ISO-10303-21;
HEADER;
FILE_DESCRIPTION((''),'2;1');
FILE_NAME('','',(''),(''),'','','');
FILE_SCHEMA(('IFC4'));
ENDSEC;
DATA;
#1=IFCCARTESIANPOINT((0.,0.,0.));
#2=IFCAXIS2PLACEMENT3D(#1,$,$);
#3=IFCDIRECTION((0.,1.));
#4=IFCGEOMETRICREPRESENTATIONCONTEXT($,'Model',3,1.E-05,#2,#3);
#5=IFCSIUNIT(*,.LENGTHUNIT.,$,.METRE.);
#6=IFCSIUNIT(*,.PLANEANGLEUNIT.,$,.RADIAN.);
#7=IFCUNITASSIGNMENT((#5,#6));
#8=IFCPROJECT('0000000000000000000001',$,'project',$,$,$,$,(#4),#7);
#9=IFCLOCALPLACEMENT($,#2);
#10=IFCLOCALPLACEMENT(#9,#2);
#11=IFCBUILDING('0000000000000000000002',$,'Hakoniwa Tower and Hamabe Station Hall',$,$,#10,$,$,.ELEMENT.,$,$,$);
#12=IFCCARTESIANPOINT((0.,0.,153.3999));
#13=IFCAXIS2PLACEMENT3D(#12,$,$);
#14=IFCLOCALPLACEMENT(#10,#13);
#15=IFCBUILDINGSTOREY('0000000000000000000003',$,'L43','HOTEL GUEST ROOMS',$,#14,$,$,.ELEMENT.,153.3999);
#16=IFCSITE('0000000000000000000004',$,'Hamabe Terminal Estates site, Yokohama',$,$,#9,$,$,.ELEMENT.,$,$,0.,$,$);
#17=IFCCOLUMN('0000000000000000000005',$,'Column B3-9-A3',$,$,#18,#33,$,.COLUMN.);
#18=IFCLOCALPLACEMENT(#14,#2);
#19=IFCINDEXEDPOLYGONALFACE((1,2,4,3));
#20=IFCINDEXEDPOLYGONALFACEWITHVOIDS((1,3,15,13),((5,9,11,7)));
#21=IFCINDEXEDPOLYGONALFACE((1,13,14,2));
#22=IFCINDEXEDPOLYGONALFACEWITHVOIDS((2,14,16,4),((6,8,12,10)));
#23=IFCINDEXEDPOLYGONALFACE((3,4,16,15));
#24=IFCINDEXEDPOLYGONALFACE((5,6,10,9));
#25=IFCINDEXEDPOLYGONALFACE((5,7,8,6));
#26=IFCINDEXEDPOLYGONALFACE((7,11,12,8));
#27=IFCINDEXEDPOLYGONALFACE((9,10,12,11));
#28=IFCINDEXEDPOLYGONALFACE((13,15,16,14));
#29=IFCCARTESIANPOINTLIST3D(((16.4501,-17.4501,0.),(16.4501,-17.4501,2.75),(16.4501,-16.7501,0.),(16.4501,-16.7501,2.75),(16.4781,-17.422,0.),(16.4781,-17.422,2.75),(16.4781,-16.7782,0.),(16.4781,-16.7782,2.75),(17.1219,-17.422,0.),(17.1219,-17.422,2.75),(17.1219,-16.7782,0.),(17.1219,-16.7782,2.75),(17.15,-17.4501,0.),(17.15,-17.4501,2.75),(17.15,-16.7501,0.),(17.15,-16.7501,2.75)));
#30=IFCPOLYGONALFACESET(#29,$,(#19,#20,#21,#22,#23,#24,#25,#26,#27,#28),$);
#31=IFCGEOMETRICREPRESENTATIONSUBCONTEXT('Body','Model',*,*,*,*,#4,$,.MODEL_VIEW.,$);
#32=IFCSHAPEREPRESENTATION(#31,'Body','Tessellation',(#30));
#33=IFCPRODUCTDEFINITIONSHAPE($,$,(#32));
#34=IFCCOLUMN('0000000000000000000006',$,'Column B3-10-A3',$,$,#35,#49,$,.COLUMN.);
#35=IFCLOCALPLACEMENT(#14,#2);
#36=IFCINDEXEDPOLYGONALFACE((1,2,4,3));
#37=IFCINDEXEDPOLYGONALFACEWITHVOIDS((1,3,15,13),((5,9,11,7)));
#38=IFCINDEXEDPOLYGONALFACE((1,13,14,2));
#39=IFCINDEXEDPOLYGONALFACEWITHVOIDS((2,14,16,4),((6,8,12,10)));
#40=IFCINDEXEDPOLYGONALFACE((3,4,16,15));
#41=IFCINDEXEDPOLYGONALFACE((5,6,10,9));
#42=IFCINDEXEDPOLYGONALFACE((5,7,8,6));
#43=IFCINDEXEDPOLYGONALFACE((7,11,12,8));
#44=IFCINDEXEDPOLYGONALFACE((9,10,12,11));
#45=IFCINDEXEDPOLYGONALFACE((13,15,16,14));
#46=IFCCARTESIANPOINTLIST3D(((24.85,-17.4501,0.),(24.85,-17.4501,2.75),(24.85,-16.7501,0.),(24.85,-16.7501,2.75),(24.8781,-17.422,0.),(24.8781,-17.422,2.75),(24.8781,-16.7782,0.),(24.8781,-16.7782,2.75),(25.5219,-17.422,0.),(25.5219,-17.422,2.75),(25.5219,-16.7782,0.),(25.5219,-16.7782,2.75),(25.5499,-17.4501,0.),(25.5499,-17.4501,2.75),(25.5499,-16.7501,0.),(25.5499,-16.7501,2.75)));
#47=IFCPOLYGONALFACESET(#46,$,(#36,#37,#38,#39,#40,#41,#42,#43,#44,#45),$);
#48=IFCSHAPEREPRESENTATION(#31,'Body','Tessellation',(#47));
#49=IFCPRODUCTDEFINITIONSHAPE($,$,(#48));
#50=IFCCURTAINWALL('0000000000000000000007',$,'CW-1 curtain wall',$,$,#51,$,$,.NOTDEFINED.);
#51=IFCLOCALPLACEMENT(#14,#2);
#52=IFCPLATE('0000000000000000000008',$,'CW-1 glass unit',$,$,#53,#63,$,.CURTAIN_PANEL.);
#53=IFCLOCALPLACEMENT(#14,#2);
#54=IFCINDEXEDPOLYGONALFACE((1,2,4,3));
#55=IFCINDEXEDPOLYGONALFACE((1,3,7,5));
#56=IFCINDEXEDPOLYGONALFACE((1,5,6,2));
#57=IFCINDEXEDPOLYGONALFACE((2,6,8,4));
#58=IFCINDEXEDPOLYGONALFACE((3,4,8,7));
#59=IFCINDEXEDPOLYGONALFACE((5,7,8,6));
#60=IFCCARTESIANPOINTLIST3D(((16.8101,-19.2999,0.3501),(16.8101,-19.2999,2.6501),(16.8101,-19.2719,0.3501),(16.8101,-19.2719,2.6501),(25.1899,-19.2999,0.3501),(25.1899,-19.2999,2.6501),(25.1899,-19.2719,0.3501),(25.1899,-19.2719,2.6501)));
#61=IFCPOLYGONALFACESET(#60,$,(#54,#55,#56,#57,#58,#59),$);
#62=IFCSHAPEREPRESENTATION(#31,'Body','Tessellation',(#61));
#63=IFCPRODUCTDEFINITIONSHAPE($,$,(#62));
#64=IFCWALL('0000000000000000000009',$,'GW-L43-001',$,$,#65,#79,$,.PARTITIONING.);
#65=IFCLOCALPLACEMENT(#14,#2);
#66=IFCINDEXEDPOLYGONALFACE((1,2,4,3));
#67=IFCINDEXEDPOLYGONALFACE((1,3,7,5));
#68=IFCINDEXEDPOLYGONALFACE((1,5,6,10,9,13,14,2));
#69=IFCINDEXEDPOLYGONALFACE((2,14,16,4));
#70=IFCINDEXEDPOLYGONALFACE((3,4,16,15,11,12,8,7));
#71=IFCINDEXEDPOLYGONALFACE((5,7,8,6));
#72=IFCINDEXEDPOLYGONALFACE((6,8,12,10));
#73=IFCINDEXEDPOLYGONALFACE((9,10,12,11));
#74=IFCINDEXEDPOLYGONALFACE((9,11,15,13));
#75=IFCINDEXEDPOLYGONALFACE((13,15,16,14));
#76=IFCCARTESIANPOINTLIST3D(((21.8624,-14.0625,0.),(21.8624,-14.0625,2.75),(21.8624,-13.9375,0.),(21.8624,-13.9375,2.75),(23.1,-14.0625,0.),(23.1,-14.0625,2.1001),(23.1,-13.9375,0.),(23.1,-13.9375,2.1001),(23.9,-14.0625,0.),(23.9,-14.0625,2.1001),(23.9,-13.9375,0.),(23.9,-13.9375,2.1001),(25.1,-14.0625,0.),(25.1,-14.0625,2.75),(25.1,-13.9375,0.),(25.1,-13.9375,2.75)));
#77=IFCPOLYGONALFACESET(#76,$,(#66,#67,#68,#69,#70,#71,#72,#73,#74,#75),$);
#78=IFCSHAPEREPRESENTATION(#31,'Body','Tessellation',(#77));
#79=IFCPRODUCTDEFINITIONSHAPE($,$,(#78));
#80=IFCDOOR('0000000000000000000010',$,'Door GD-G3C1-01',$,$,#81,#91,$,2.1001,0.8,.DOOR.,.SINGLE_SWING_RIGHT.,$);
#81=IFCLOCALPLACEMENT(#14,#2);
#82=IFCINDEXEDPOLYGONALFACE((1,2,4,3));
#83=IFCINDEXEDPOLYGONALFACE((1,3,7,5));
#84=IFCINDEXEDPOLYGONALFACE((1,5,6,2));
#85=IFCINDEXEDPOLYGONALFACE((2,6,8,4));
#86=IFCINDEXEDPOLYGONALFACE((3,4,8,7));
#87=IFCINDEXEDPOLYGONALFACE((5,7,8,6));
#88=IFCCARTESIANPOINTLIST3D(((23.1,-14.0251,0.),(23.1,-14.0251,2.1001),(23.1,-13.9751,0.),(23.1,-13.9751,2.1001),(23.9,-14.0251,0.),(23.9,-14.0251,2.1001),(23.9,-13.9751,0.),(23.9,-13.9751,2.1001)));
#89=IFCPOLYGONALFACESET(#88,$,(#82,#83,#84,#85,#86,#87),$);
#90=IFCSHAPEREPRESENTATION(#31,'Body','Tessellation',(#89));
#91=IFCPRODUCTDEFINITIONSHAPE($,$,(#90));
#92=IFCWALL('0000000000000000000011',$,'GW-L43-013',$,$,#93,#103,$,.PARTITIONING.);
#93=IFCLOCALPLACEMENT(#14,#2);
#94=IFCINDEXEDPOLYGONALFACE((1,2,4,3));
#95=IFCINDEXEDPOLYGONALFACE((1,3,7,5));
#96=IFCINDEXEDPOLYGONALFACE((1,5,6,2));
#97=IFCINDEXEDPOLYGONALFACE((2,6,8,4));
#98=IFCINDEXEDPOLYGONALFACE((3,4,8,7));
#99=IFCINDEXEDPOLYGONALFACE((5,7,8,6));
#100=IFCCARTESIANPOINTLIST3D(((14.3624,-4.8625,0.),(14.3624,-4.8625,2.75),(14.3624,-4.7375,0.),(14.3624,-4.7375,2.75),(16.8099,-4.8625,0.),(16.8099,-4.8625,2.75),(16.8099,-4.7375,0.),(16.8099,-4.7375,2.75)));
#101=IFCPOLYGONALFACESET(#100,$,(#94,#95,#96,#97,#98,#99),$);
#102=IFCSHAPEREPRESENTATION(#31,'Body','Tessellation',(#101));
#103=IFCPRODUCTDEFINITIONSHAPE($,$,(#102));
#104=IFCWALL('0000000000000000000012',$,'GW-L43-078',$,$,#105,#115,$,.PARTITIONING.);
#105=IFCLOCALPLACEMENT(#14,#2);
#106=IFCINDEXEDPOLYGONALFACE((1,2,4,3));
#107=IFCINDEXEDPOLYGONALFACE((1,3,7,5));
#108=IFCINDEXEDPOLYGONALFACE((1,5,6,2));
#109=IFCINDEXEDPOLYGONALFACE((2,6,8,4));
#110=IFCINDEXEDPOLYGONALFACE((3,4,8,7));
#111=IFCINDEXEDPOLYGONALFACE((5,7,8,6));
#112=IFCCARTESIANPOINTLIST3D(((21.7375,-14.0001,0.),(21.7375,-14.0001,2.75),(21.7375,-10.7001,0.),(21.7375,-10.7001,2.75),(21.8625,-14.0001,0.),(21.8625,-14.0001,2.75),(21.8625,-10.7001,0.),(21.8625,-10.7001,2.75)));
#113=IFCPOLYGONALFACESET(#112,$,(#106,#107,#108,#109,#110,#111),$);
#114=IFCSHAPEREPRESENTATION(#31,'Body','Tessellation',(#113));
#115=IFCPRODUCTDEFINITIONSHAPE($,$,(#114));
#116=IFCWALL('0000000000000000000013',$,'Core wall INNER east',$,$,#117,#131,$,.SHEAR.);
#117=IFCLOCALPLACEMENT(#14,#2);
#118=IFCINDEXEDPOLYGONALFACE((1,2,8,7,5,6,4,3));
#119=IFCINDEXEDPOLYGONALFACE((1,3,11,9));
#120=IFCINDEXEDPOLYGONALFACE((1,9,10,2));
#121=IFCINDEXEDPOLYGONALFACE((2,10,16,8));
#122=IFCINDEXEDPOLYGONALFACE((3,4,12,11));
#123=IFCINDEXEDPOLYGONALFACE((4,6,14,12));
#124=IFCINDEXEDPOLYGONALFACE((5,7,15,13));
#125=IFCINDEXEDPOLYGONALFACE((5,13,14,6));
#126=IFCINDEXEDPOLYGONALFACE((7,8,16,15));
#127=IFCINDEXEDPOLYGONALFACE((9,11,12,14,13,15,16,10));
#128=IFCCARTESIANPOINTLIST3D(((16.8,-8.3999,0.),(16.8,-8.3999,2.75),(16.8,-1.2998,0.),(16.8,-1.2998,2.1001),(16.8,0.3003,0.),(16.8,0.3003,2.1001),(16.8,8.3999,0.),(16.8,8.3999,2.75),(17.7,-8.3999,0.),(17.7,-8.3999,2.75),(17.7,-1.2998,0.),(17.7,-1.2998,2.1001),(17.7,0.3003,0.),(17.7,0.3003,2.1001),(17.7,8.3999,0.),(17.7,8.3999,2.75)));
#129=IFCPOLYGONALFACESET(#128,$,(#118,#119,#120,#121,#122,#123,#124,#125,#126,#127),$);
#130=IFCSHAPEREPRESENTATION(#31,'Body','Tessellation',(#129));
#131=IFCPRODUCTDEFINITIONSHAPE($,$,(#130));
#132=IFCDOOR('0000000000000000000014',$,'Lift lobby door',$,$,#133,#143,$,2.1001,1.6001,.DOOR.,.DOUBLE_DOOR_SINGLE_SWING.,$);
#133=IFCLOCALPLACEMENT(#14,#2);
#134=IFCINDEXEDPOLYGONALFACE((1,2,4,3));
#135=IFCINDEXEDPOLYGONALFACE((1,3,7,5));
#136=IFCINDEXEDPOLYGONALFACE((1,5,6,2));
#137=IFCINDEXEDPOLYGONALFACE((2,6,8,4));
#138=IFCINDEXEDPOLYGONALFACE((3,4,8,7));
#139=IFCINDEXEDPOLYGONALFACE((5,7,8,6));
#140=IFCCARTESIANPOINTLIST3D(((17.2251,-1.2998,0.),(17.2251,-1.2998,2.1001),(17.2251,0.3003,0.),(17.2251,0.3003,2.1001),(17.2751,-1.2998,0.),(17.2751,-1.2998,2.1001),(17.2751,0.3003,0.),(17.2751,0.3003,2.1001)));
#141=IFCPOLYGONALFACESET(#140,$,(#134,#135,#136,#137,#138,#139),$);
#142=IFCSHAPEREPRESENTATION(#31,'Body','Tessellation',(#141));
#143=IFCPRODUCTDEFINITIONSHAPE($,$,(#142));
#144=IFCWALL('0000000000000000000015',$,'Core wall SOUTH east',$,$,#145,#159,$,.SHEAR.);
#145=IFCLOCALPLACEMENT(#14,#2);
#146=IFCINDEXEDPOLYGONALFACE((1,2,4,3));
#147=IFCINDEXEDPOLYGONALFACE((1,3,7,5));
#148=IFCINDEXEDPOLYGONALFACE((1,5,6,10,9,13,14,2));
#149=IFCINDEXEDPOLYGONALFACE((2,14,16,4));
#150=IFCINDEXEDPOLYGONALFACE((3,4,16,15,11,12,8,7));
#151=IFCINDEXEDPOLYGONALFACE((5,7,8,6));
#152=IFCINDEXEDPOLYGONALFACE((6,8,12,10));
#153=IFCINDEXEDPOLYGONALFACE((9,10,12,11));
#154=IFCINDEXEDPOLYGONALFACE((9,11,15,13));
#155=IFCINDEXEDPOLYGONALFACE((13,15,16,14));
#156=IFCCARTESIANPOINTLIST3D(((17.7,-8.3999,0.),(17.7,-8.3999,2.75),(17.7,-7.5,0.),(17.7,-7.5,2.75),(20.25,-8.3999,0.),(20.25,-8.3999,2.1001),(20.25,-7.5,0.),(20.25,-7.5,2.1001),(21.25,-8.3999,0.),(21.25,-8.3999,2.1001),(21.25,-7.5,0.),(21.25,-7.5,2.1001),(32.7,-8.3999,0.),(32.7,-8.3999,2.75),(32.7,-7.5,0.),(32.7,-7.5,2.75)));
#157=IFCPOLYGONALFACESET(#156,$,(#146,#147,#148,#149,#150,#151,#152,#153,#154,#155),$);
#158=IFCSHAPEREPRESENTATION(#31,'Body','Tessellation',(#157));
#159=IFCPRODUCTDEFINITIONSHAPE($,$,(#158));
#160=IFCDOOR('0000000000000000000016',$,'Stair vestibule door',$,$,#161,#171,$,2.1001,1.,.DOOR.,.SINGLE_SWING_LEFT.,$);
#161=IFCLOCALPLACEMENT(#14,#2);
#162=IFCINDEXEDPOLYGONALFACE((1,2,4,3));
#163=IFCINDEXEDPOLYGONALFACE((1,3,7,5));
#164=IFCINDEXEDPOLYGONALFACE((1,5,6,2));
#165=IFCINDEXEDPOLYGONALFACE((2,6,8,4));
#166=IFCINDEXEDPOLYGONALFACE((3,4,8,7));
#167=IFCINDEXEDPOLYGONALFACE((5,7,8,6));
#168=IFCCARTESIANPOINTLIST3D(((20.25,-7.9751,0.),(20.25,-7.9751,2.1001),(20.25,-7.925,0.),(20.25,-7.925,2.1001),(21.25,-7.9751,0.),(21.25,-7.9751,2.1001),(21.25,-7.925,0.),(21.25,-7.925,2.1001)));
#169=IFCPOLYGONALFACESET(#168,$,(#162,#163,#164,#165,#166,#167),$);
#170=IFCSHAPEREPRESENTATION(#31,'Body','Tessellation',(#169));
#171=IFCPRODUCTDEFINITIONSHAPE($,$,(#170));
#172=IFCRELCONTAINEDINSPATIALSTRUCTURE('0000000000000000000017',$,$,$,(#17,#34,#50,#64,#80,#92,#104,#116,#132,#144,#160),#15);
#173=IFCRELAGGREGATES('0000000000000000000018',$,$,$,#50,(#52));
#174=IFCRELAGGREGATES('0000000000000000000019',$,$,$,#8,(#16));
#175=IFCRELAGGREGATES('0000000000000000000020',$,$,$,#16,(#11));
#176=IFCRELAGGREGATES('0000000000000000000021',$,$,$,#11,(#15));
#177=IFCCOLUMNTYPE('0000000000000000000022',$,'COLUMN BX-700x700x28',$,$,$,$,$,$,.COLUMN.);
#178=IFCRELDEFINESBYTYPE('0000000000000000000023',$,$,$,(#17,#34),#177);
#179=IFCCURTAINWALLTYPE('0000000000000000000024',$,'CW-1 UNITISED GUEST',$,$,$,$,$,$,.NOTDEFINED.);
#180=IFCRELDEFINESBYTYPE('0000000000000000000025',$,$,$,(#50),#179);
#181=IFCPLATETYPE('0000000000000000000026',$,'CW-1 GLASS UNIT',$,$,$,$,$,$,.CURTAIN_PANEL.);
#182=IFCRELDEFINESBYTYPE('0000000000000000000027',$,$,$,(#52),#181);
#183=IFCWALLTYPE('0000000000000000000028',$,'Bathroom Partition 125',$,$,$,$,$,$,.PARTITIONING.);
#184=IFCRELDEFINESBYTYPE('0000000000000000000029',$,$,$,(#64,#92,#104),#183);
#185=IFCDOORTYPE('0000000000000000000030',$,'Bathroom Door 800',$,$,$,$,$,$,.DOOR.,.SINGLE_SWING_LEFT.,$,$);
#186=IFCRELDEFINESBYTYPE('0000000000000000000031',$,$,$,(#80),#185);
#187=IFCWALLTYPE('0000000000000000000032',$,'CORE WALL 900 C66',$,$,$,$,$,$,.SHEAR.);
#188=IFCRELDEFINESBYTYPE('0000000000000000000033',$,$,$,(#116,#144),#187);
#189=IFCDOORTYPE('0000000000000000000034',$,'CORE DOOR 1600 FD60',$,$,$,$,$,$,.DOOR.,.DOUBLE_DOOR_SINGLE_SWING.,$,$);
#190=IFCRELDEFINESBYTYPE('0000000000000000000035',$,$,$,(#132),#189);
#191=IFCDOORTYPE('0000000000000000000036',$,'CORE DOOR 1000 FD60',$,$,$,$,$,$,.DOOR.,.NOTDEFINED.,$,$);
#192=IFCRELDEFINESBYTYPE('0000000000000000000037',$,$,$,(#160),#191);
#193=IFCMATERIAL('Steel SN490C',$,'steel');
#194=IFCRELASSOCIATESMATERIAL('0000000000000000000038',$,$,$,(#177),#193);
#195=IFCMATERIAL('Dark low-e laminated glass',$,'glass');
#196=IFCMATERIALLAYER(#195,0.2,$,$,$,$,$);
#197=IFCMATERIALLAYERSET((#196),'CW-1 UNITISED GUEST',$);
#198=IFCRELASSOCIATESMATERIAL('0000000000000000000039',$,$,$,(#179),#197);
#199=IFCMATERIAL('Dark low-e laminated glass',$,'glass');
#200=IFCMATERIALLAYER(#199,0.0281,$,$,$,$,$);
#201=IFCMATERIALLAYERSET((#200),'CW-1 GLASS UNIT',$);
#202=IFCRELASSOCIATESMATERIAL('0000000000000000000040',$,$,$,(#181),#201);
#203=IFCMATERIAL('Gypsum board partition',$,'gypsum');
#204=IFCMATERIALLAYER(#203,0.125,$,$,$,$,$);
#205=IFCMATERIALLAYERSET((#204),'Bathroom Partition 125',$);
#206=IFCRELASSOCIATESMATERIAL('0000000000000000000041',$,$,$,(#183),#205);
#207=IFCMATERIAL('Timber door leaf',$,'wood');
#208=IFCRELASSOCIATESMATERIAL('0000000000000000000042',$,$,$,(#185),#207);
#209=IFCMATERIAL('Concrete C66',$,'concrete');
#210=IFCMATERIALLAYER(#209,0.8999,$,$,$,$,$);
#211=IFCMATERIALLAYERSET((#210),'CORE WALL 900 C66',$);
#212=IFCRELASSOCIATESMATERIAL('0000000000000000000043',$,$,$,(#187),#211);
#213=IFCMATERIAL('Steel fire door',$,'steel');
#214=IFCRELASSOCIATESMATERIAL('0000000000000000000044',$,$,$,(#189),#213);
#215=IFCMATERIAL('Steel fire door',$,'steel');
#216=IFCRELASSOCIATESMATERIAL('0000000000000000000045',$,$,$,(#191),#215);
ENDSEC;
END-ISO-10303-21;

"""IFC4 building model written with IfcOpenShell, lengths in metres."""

from ifc_helpers import new_model, si_unit, direction, frame, frame_2d, origin, origin_2d, place, context, subcontext, project, spatial, rectangle, hollow_rectangle, extrude, material, layer, layer_set, material_profile, profile_set, type_object, element, fill, aggregate, save


model = new_model("IFC4")

# Units and contexts
model_context = context("Model", 3, precision=1e-05, world=origin(), true_north=direction((0.0, 1.0)))
body_context = subcontext(model_context, "Body", "Model", "MODEL_VIEW")
ifc_project = project(units=[si_unit("LENGTHUNIT", "METRE"), si_unit("PLANEANGLEUNIT", "RADIAN")], contexts=[model_context])

# Site, building, storey
site_placement = place(None, origin())
site = spatial("IfcSite", under=ifc_project, at=site_placement, Name="Hamabe Terminal Estates site, Yokohama", CompositionType="ELEMENT", RefElevation=0.0)
building_placement = place(site_placement, origin())
building = spatial("IfcBuilding", under=site, at=building_placement, Name="Hakoniwa Tower and Hamabe Station Hall", CompositionType="ELEMENT")
storey_placement = place(building_placement, frame((0.0, 0.0, 153.3999)))
storey = spatial("IfcBuildingStorey", under=building, at=storey_placement, Name="L43", Description="HOTEL GUEST ROOMS", CompositionType="ELEMENT", Elevation=153.3999)

# Columns
ifc_material_1 = material(Name="Steel SN490C", Category="steel")
ifc_material_profile = material_profile(ifc_material_1, hollow_rectangle(XDim=0.7, YDim=0.7, WallThickness=0.0281, at=origin_2d()), Name="BX-700x700x28")
ifc_profile_set = profile_set([ifc_material_profile], Name="Steel SN490C")
column_type = type_object("IfcColumnType", Name="COLUMN BX-700x700x28", PredefinedType="COLUMN", material=ifc_profile_set)
for number, where, z_axis, x_axis, name in (
    (1, (16.8, -17.1001, 0.0), (0.0, 0.0, 1.0), (1.0, 0.0, 0.0), "Column B3-9-A3"),
    (2, (25.2, -17.1001, 0.0), (0.0, 0.0, 1.0), (1.0, 0.0, 0.0), "Column B3-10-A3"),
):
    element("IfcColumn", number, at=place(storey_placement, frame(where, z_axis=z_axis, x_axis=x_axis)), inside=storey, type_object=column_type, Name=name, PredefinedType="COLUMN", context=body_context, shape_type="SweptSolid", body=[
        extrude(hollow_rectangle(XDim=0.7, YDim=0.7, WallThickness=0.0281, at=origin_2d()), origin(), (0.0, 0.0, 1.0), 2.75),
    ])

# Curtain wall, plate
ifc_material_2 = material(Name="Dark low-e laminated glass", Category="glass")
ifc_layer_1 = layer(ifc_material_2, 0.2)
ifc_layer_set_1 = layer_set([ifc_layer_1], Name="CW-1 UNITISED GUEST")
curtain_wall_type = type_object("IfcCurtainWallType", Name="CW-1 UNITISED GUEST", PredefinedType="NOTDEFINED", material=ifc_layer_set_1)
curtain_wall_placement = place(storey_placement, origin())
curtain_wall = element("IfcCurtainWall", 3, at=curtain_wall_placement, inside=storey, type_object=curtain_wall_type, Name="CW-1 curtain wall", PredefinedType="NOTDEFINED")
ifc_material_3 = material(Name="Dark low-e laminated glass", Category="glass")
ifc_layer_2 = layer(ifc_material_3, 0.0281)
ifc_layer_set_2 = layer_set([ifc_layer_2], Name="CW-1 GLASS UNIT")
plate_type = type_object("IfcPlateType", Name="CW-1 GLASS UNIT", PredefinedType="CURTAIN_PANEL", material=ifc_layer_set_2)
plate_placement = place(storey_placement, frame((21.0, -19.2859, 0.3501), z_axis=(0.0, 0.0, 1.0), x_axis=(1.0, 0.0, 0.0)))
plate = element("IfcPlate", 4, at=plate_placement, type_object=plate_type, Name="CW-1 glass unit", PredefinedType="CURTAIN_PANEL", context=body_context, shape_type="SweptSolid", body=[
    extrude(rectangle(XDim=8.3799, YDim=0.0281, at=origin_2d()), origin(), (0.0, 0.0, 1.0), 2.3),
])
aggregate(curtain_wall, [plate])

# Wall, opening, door
ifc_material_4 = material(Name="Gypsum board partition", Category="gypsum")
ifc_layer_3 = layer(ifc_material_4, 0.125)
ifc_layer_set_3 = layer_set([ifc_layer_3], Name="Bathroom Partition 125")
wall_type_1 = type_object("IfcWallType", Name="Bathroom Partition 125", PredefinedType="PARTITIONING", material=ifc_layer_set_3)
wall_1_placement = place(storey_placement, frame((21.8625, -14.0, 0.0), z_axis=(0.0, 0.0, 1.0), x_axis=(1.0, 0.0, 0.0)))
wall_1 = element("IfcWall", 5, at=wall_1_placement, inside=storey, type_object=wall_type_1, Name="GW-L43-001", PredefinedType="PARTITIONING", context=body_context, shape_type="SweptSolid", body=[
    extrude(rectangle(XDim=3.2375, YDim=0.125, at=frame_2d((1.6187, 0.0))), origin(), (0.0, 0.0, 1.0), 2.75),
])
opening_1_placement = place(wall_1_placement, frame((1.2375, 0.0, 0.0)))
opening_1 = element("IfcOpeningElement", 6, at=opening_1_placement, cuts=wall_1, PredefinedType="OPENING", context=body_context, shape_type="SweptSolid", body=[
    extrude(rectangle(XDim=0.8, YDim=2.1001, at=frame_2d((0.3999, 1.05))), frame((0.0, 0.0725, 0.0), z_axis=(0.0, -1.0, 0.0), x_axis=(1.0, 0.0, 0.0)), (0.0, 0.0, 1.0), 0.145),
])
ifc_material_5 = material(Name="Timber door leaf", Category="wood")
door_type_1 = type_object("IfcDoorType", Name="Bathroom Door 800", OperationType="SINGLE_SWING_LEFT", PredefinedType="DOOR", material=ifc_material_5)
door_1_placement = place(opening_1_placement, origin())
door_1 = element("IfcDoor", 7, at=door_1_placement, inside=storey, type_object=door_type_1, Name="Door GD-G3C1-01", OperationType="SINGLE_SWING_RIGHT", OverallHeight=2.1001, OverallWidth=0.8, PredefinedType="DOOR", context=body_context, shape_type="SweptSolid", body=[
    extrude(rectangle(XDim=0.8, YDim=2.1001, at=frame_2d((0.3999, 1.05))), frame((0.0, 0.0249, 0.0), z_axis=(0.0, -1.0, 0.0), x_axis=(1.0, 0.0, 0.0)), (0.0, 0.0, 1.0), 0.05),
])
fill(opening_1, door_1)

# Walls
wall_2_placement = place(storey_placement, frame((14.3625, -4.8, 0.0), z_axis=(0.0, 0.0, 1.0), x_axis=(1.0, 0.0, 0.0)))
element("IfcWall", 8, at=wall_2_placement, inside=storey, type_object=wall_type_1, Name="GW-L43-013", PredefinedType="PARTITIONING", context=body_context, shape_type="SweptSolid", body=[
    extrude(rectangle(XDim=2.4475, YDim=0.125, at=frame_2d((1.2236, 0.0))), origin(), (0.0, 0.0, 1.0), 2.75),
])
wall_3_placement = place(storey_placement, frame((21.8, -14.0, 0.0), z_axis=(0.0, 0.0, 1.0), x_axis=(0.0, 1.0, 0.0)))
element("IfcWall", 9, at=wall_3_placement, inside=storey, type_object=wall_type_1, Name="GW-L43-078", PredefinedType="PARTITIONING", context=body_context, shape_type="SweptSolid", body=[
    extrude(rectangle(XDim=3.3, YDim=0.125, at=frame_2d((1.6499, 0.0))), origin(), (0.0, 0.0, 1.0), 2.75),
])

# Walls, openings, doors
ifc_material_6 = material(Name="Concrete C66", Category="concrete")
ifc_layer_4 = layer(ifc_material_6, 0.8999)
ifc_layer_set_4 = layer_set([ifc_layer_4], Name="CORE WALL 900 C66")
wall_type_2 = type_object("IfcWallType", Name="CORE WALL 900 C66", PredefinedType="SHEAR", material=ifc_layer_set_4)
wall_4_placement = place(storey_placement, frame((17.25, -8.3999, 0.0), z_axis=(0.0, 0.0, 1.0), x_axis=(0.0, 1.0, 0.0)))
wall_4 = element("IfcWall", 10, at=wall_4_placement, inside=storey, type_object=wall_type_2, Name="Core wall INNER east", PredefinedType="SHEAR", context=body_context, shape_type="SweptSolid", body=[
    extrude(rectangle(XDim=16.7998, YDim=0.8999, at=frame_2d((8.3999, 0.0))), origin(), (0.0, 0.0, 1.0), 2.75),
])
opening_2_placement = place(wall_4_placement, frame((7.1001, 0.0, 0.0)))
opening_2 = element("IfcOpeningElement", 11, at=opening_2_placement, cuts=wall_4, PredefinedType="OPENING", context=body_context, shape_type="SweptSolid", body=[
    extrude(rectangle(XDim=1.6001, YDim=2.1001, at=frame_2d((0.8, 1.05))), frame((0.0, 0.46, 0.0), z_axis=(0.0, -1.0, 0.0), x_axis=(1.0, 0.0, 0.0)), (0.0, 0.0, 1.0), 0.9199),
])
ifc_material_7 = material(Name="Steel fire door", Category="steel")
door_type_2 = type_object("IfcDoorType", Name="CORE DOOR 1600 FD60", OperationType="DOUBLE_DOOR_SINGLE_SWING", PredefinedType="DOOR", material=ifc_material_7)
door_2_placement = place(opening_2_placement, origin())
door_2 = element("IfcDoor", 12, at=door_2_placement, inside=storey, type_object=door_type_2, Name="Lift lobby door", OperationType="DOUBLE_DOOR_SINGLE_SWING", OverallHeight=2.1001, OverallWidth=1.6001, PredefinedType="DOOR", context=body_context, shape_type="SweptSolid", body=[
    extrude(rectangle(XDim=1.6001, YDim=2.1001, at=frame_2d((0.8, 1.05))), frame((0.0, 0.0249, 0.0), z_axis=(0.0, -1.0, 0.0), x_axis=(1.0, 0.0, 0.0)), (0.0, 0.0, 1.0), 0.05),
])
fill(opening_2, door_2)
wall_5_placement = place(storey_placement, frame((17.7, -7.95, 0.0), z_axis=(0.0, 0.0, 1.0), x_axis=(1.0, 0.0, 0.0)))
wall_5 = element("IfcWall", 13, at=wall_5_placement, inside=storey, type_object=wall_type_2, Name="Core wall SOUTH east", PredefinedType="SHEAR", context=body_context, shape_type="SweptSolid", body=[
    extrude(rectangle(XDim=15.0, YDim=0.8999, at=frame_2d((7.5, 0.0))), origin(), (0.0, 0.0, 1.0), 2.75),
])
opening_3_placement = place(wall_5_placement, frame((2.55, 0.0, 0.0)))
opening_3 = element("IfcOpeningElement", 14, at=opening_3_placement, cuts=wall_5, PredefinedType="OPENING", context=body_context, shape_type="SweptSolid", body=[
    extrude(rectangle(XDim=1.0, YDim=2.1001, at=frame_2d((0.5, 1.05))), frame((0.0, 0.46, 0.0), z_axis=(0.0, -1.0, 0.0), x_axis=(1.0, 0.0, 0.0)), (0.0, 0.0, 1.0), 0.9199),
])
ifc_material_8 = material(Name="Steel fire door", Category="steel")
door_type_3 = type_object("IfcDoorType", Name="CORE DOOR 1000 FD60", OperationType="NOTDEFINED", PredefinedType="DOOR", material=ifc_material_8)
door_3_placement = place(opening_3_placement, origin())
door_3 = element("IfcDoor", 15, at=door_3_placement, inside=storey, type_object=door_type_3, Name="Stair vestibule door", OperationType="SINGLE_SWING_LEFT", OverallHeight=2.1001, OverallWidth=1.0, PredefinedType="DOOR", context=body_context, shape_type="SweptSolid", body=[
    extrude(rectangle(XDim=1.0, YDim=2.1001, at=frame_2d((0.5, 1.05))), frame((0.0, 0.0249, 0.0), z_axis=(0.0, -1.0, 0.0), x_axis=(1.0, 0.0, 0.0)), (0.0, 0.0, 1.0), 0.05),
])
fill(opening_3, door_3)

save(model, "model.ifc")
